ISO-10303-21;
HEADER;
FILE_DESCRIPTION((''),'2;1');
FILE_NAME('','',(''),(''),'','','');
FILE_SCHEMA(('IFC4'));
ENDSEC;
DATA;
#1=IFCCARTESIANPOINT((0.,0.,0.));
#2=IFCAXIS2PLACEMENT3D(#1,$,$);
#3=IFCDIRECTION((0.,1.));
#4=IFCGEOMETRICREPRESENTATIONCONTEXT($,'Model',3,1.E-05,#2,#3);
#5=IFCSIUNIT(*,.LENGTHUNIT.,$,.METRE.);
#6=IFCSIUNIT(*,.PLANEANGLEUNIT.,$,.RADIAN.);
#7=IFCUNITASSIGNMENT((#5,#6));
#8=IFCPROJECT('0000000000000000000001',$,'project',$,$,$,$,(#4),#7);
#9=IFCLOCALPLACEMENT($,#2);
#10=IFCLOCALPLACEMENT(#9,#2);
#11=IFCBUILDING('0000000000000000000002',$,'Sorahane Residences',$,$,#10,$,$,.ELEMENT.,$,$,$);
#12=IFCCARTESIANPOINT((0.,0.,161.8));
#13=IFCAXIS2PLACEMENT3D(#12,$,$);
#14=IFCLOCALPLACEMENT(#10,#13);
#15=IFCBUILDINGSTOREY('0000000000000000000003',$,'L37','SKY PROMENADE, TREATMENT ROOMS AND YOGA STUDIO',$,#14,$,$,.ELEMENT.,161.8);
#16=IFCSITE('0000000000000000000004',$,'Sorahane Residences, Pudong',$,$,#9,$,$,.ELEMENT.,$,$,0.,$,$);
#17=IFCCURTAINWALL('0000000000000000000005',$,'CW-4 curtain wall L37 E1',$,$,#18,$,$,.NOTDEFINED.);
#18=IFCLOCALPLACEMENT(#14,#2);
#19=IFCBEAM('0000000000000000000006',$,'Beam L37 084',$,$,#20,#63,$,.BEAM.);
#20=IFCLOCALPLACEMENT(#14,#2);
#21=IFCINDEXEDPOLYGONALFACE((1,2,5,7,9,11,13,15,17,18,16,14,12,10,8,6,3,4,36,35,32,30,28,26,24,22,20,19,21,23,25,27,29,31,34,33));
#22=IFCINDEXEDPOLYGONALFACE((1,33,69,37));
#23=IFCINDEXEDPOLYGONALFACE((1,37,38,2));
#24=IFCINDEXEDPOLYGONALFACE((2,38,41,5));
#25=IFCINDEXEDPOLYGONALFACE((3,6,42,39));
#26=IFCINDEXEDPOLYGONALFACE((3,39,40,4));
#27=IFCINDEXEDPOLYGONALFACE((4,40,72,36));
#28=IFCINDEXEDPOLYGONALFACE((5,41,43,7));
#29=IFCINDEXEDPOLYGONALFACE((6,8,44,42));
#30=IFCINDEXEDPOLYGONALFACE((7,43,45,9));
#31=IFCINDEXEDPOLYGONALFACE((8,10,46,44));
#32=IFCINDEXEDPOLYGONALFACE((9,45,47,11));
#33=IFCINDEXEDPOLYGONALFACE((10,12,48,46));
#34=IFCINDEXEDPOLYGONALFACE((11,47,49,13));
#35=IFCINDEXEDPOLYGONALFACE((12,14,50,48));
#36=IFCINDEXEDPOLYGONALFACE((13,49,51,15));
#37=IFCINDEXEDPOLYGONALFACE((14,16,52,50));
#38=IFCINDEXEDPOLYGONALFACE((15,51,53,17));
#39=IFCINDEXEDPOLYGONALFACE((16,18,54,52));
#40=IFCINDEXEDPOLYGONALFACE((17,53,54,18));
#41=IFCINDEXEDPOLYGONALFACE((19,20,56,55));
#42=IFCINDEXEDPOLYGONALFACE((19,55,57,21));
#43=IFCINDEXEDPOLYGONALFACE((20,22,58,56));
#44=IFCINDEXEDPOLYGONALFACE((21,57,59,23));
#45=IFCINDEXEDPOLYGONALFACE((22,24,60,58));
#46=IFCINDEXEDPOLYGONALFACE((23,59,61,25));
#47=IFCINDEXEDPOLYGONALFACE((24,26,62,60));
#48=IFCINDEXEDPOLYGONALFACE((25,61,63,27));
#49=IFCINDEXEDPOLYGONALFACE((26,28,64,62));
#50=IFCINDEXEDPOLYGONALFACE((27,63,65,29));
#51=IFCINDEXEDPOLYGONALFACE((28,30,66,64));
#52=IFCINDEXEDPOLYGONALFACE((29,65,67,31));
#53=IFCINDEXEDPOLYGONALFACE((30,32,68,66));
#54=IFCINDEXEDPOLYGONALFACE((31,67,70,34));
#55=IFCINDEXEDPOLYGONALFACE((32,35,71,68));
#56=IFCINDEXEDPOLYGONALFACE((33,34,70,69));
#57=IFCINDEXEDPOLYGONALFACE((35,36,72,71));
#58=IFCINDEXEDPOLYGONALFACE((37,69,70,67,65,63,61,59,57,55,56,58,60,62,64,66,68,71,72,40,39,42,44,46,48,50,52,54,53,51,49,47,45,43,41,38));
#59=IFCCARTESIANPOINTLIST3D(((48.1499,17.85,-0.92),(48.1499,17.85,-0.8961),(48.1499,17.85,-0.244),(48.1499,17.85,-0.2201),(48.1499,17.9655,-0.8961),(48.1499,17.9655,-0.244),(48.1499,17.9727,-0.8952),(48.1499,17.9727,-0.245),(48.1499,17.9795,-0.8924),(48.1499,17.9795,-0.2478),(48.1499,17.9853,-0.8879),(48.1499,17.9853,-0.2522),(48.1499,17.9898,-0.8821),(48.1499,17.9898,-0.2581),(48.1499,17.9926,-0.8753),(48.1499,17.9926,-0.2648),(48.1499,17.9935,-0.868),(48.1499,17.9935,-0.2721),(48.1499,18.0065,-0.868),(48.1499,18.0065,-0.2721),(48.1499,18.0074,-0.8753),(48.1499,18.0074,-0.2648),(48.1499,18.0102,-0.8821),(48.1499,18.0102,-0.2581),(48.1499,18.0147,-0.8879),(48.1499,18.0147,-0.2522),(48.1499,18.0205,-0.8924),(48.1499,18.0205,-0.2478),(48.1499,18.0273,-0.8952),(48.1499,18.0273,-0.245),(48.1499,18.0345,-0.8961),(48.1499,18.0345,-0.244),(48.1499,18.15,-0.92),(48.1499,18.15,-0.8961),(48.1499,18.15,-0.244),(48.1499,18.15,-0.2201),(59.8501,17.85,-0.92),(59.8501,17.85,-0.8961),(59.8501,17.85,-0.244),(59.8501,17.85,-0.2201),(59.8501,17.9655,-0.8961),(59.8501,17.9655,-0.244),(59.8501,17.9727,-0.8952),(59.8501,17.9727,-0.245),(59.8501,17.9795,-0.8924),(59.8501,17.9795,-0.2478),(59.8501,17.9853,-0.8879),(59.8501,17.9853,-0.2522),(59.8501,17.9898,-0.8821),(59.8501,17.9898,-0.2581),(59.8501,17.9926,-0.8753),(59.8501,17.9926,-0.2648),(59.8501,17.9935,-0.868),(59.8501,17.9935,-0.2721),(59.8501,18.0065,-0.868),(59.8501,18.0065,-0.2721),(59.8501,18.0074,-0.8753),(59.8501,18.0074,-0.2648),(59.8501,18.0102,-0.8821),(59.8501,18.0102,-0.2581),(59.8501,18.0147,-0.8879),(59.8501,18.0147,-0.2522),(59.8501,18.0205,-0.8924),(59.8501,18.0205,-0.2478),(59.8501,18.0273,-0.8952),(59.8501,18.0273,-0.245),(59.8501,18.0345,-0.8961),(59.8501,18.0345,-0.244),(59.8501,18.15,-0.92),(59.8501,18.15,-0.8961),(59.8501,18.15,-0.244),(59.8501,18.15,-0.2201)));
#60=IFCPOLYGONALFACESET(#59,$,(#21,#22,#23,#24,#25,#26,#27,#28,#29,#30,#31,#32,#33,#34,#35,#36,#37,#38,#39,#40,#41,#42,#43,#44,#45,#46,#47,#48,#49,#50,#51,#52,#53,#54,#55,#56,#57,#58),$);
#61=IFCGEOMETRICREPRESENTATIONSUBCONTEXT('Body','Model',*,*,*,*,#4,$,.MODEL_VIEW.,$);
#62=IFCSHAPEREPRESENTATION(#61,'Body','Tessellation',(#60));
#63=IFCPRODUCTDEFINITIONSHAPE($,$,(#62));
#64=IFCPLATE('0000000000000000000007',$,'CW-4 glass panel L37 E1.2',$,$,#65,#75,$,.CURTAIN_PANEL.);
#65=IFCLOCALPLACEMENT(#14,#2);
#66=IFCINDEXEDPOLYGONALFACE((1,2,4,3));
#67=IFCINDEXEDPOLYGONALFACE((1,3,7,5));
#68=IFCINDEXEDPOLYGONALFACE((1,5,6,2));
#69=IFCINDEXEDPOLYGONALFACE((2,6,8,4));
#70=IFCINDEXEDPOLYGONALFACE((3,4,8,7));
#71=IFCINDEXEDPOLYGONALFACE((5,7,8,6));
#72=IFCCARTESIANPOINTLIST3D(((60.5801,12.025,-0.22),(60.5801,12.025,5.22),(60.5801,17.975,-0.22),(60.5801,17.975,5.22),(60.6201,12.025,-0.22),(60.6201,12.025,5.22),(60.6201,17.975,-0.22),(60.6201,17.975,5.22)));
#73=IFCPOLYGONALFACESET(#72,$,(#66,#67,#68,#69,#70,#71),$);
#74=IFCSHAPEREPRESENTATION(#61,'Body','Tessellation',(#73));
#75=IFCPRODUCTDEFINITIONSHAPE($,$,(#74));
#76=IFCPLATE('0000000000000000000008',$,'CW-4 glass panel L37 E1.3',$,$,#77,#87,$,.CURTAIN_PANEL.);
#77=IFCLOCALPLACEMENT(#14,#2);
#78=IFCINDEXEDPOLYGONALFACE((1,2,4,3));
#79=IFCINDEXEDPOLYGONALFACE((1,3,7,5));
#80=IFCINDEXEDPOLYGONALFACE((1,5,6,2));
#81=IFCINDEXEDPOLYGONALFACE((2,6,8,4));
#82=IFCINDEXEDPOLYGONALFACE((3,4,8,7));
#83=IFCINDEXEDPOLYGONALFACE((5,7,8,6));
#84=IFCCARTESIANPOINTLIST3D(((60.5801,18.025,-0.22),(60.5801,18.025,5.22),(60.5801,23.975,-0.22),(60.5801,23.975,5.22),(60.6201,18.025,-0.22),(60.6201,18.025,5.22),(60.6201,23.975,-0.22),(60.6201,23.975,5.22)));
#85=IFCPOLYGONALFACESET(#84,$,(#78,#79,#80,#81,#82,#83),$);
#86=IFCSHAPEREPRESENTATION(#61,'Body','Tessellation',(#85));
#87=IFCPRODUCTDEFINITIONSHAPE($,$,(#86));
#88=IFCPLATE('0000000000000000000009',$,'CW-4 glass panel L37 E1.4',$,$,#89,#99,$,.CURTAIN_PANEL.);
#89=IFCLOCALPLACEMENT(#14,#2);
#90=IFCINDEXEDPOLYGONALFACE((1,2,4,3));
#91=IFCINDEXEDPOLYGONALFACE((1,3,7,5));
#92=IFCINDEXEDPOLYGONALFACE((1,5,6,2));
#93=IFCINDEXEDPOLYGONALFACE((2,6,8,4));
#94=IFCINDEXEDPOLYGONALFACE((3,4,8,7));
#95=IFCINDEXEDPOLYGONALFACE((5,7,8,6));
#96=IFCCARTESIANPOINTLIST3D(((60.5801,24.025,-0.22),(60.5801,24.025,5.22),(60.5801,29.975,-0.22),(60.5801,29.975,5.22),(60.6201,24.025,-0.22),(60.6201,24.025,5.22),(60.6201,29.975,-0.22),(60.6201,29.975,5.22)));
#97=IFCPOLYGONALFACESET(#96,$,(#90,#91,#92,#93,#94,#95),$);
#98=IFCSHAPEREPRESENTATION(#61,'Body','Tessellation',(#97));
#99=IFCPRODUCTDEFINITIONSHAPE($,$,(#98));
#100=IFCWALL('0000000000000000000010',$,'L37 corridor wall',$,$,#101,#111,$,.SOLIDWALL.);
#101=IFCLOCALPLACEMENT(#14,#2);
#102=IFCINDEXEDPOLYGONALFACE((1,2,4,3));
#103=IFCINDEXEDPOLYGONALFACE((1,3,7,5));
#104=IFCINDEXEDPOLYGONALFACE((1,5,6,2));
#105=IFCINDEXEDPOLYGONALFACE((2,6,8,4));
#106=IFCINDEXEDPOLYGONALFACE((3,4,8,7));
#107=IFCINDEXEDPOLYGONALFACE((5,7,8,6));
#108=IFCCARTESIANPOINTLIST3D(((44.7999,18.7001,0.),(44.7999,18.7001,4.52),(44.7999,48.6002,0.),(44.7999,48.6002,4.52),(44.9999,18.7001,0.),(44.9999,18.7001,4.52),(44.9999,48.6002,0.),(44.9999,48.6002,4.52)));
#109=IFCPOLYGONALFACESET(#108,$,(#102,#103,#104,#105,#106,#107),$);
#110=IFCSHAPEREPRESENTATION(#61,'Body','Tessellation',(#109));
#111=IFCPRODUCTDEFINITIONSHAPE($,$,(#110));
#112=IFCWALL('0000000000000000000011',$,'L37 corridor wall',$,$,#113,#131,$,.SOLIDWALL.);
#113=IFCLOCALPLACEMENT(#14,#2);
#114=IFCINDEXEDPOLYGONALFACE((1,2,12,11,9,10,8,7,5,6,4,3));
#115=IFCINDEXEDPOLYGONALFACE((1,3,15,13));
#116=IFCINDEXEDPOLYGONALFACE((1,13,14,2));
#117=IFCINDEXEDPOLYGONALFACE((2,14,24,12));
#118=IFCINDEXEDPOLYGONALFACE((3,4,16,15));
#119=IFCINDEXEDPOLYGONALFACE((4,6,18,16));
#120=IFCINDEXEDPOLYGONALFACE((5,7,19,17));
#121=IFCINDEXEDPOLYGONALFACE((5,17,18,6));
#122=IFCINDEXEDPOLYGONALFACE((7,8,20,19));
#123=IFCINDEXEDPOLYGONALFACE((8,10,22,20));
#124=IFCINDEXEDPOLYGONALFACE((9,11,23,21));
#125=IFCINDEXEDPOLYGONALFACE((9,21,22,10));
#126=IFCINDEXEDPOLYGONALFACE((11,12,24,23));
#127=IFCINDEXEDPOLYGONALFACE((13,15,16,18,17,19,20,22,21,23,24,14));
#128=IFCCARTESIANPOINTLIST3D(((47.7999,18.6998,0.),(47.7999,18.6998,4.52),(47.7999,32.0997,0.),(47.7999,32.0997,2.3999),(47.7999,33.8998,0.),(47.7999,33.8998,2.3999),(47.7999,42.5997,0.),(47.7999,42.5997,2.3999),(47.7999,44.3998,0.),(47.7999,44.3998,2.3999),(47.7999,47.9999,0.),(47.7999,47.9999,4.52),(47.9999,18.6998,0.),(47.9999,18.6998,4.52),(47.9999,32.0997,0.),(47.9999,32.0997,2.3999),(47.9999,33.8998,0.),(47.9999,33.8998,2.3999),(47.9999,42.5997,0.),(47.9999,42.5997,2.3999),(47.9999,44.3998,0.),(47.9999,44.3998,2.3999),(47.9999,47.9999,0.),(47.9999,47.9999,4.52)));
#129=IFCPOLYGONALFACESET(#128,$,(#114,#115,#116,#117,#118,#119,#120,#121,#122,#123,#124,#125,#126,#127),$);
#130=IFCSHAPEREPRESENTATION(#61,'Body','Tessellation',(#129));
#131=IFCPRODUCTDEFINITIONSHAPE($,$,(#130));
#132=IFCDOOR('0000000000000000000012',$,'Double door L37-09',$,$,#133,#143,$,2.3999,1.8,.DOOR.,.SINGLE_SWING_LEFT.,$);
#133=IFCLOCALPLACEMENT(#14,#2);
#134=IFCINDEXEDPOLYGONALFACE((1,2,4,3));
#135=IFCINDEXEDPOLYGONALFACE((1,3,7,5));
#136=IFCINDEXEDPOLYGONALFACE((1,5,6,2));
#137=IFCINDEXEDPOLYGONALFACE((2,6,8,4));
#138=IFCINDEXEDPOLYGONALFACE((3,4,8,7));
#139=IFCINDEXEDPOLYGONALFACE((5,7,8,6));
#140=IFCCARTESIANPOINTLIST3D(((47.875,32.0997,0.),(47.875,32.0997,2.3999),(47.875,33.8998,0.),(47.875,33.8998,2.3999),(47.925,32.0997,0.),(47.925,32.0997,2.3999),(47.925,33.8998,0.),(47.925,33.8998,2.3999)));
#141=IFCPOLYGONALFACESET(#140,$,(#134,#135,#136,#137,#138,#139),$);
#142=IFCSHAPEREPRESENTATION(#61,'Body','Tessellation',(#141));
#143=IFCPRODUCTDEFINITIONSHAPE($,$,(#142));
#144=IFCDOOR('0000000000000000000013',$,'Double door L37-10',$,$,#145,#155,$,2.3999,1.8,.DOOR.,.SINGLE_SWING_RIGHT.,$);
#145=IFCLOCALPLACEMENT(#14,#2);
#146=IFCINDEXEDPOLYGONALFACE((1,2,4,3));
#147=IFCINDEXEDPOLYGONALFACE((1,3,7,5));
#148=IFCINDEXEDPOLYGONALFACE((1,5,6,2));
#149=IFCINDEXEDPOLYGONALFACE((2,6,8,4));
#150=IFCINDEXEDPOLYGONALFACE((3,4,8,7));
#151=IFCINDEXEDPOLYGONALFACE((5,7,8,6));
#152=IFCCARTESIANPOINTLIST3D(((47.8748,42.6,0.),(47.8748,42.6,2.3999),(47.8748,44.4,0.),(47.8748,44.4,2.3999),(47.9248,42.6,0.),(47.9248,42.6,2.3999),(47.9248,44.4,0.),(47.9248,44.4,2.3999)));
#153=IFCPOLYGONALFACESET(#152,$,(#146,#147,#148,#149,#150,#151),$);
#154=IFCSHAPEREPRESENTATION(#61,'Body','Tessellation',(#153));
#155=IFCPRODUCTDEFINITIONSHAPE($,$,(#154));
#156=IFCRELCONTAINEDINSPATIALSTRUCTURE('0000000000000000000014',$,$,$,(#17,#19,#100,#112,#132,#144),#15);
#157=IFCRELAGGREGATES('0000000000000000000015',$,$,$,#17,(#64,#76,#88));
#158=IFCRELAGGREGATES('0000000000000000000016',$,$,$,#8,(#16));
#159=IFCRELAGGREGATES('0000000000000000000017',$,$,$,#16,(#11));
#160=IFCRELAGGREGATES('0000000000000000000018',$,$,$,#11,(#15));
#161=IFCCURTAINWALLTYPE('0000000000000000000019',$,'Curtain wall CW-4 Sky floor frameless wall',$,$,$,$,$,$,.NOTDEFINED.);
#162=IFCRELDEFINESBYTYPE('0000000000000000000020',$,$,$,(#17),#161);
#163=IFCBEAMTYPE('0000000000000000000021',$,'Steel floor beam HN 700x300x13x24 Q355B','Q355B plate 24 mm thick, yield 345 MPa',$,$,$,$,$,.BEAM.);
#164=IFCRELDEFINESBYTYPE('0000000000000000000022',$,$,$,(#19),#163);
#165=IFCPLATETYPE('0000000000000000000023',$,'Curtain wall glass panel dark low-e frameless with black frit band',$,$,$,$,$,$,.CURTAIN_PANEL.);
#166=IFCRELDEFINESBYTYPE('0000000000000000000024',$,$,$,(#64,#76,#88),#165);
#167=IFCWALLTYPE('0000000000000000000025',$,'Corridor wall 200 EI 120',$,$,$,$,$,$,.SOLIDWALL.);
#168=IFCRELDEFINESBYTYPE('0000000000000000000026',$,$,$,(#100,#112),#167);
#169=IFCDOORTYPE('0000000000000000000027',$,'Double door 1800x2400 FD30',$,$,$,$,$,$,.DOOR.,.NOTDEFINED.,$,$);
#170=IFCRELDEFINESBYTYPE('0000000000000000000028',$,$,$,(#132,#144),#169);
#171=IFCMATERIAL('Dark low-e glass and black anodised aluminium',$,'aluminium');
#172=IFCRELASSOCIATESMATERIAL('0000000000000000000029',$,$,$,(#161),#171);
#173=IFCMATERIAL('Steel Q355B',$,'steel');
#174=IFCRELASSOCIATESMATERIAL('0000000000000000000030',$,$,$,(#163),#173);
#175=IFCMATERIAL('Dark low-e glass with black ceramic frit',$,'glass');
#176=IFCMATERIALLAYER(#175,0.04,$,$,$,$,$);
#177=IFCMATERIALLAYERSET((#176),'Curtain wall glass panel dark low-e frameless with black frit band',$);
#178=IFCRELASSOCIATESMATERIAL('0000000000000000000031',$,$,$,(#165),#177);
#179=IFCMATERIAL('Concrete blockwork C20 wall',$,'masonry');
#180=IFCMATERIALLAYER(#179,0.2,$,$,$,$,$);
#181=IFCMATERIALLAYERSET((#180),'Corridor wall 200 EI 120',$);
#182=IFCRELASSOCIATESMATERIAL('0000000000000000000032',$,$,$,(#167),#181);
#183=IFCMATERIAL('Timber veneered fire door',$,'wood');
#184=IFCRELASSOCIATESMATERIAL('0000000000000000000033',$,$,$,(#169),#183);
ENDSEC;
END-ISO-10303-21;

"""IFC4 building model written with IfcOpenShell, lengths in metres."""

from ifc_helpers import new_model, si_unit, direction, frame, frame_2d, origin, origin_2d, place, context, subcontext, project, spatial, rectangle, i_section, extrude, material, layer, layer_set, material_profile, profile_set, type_object, element, fill, aggregate, save


model = new_model("IFC4")

# Units and contexts
model_context = context("Model", 3, precision=1e-05, world=origin(), true_north=direction((0.0, 1.0)))
body_context = subcontext(model_context, "Body", "Model", "MODEL_VIEW")
ifc_project = project(units=[si_unit("LENGTHUNIT", "METRE"), si_unit("PLANEANGLEUNIT", "RADIAN")], contexts=[model_context])

# Site, building, storey
site_placement = place(None, origin())
site = spatial("IfcSite", under=ifc_project, at=site_placement, Name="Sorahane Residences, Pudong", CompositionType="ELEMENT", RefElevation=0.0)
building_placement = place(site_placement, origin())
building = spatial("IfcBuilding", under=site, at=building_placement, Name="Sorahane Residences", CompositionType="ELEMENT")
storey_placement = place(building_placement, frame((0.0, 0.0, 161.8)))
storey = spatial("IfcBuildingStorey", under=building, at=storey_placement, Name="L37", Description="SKY PROMENADE, TREATMENT ROOMS AND YOGA STUDIO", CompositionType="ELEMENT", Elevation=161.8)

# Curtain wall
ifc_material_1 = material(Name="Dark low-e glass and black anodised aluminium", Category="aluminium")
curtain_wall_type = type_object("IfcCurtainWallType", Name="Curtain wall CW-4 Sky floor frameless wall", PredefinedType="NOTDEFINED", material=ifc_material_1)
curtain_wall_placement = place(storey_placement, origin())
curtain_wall = element("IfcCurtainWall", 1, at=curtain_wall_placement, inside=storey, type_object=curtain_wall_type, Name="CW-4 curtain wall L37 E1", PredefinedType="NOTDEFINED")

# Beam
ifc_material_2 = material(Name="Steel Q355B", Category="steel")
ifc_material_profile_1 = material_profile(ifc_material_2, i_section(OverallWidth=0.3, OverallDepth=0.7, WebThickness=0.0129, FlangeThickness=0.0239, FilletRadius=0.0281, at=origin_2d()), Name="HN 700x300x13x24")
ifc_profile_set_1 = profile_set([ifc_material_profile_1], Name="Steel Q355B")
beam_type_1 = type_object("IfcBeamType", Name="Steel floor beam HN 700x300x13x24 Q355B", Description="Q355B plate 24 mm thick, yield 345 MPa", PredefinedType="BEAM", material=ifc_profile_set_1)
beam_1_placement = place(storey_placement, frame((48.1499, 18.0, -0.5701), z_axis=(1.0, 0.0, 0.0), x_axis=(0.0, 1.0, 0.0)))
element("IfcBeam", 2, at=beam_1_placement, inside=storey, type_object=beam_type_1, Name="Beam L37 084", PredefinedType="BEAM", context=body_context, shape_type="SweptSolid", body=[
    extrude(i_section(OverallWidth=0.3, OverallDepth=0.7, WebThickness=0.0129, FlangeThickness=0.0239, FilletRadius=0.0281, at=origin_2d()), origin(), (0.0, 0.0, 1.0), 11.7002),
])

# Plates
ifc_material_3 = material(Name="Dark low-e glass with black ceramic frit", Category="glass")
ifc_layer_1 = layer(ifc_material_3, 0.04)
ifc_layer_set_1 = layer_set([ifc_layer_1], Name="Curtain wall glass panel dark low-e frameless with black frit band")
plate_type = type_object("IfcPlateType", Name="Curtain wall glass panel dark low-e frameless with black frit band", PredefinedType="CURTAIN_PANEL", material=ifc_layer_set_1)
plate_1_placement = place(storey_placement, frame((60.6001, 15.0, -0.22), z_axis=(0.0, 0.0, 1.0), x_axis=(0.0, 1.0, 0.0)))
plate_1 = element("IfcPlate", 3, at=plate_1_placement, type_object=plate_type, Name="CW-4 glass panel L37 E1.2", PredefinedType="CURTAIN_PANEL", context=body_context, shape_type="SweptSolid", body=[
    extrude(rectangle(XDim=5.95, YDim=0.04, at=origin_2d()), origin(), (0.0, 0.0, 1.0), 5.4399),
])
plate_2_placement = place(storey_placement, frame((60.6001, 21.0, -0.22), z_axis=(0.0, 0.0, 1.0), x_axis=(0.0, 1.0, 0.0)))
plate_2 = element("IfcPlate", 4, at=plate_2_placement, type_object=plate_type, Name="CW-4 glass panel L37 E1.3", PredefinedType="CURTAIN_PANEL", context=body_context, shape_type="SweptSolid", body=[
    extrude(rectangle(XDim=5.95, YDim=0.04, at=origin_2d()), origin(), (0.0, 0.0, 1.0), 5.4399),
])
plate_3_placement = place(storey_placement, frame((60.6001, 27.0, -0.22), z_axis=(0.0, 0.0, 1.0), x_axis=(0.0, 1.0, 0.0)))
plate_3 = element("IfcPlate", 5, at=plate_3_placement, type_object=plate_type, Name="CW-4 glass panel L37 E1.4", PredefinedType="CURTAIN_PANEL", context=body_context, shape_type="SweptSolid", body=[
    extrude(rectangle(XDim=5.95, YDim=0.04, at=origin_2d()), origin(), (0.0, 0.0, 1.0), 5.4399),
])
aggregate(curtain_wall, [plate_1, plate_2, plate_3])

# Wall
ifc_material_4 = material(Name="Concrete blockwork C20 wall", Category="masonry")
ifc_layer_2 = layer(ifc_material_4, 0.2)
ifc_layer_set_2 = layer_set([ifc_layer_2], Name="Corridor wall 200 EI 120")
wall_type = type_object("IfcWallType", Name="Corridor wall 200 EI 120", PredefinedType="SOLIDWALL", material=ifc_layer_set_2)
wall_1_placement = place(storey_placement, frame((44.8999, 18.7, 0.0), z_axis=(0.0, 0.0, 1.0), x_axis=(0.0, 1.0, 0.0)))
element("IfcWall", 6, at=wall_1_placement, inside=storey, type_object=wall_type, Name="L37 corridor wall", PredefinedType="SOLIDWALL", context=body_context, shape_type="SweptSolid", body=[
    extrude(rectangle(XDim=29.9001, YDim=0.2, at=frame_2d((14.9502, 0.0))), origin(), (0.0, 0.0, 1.0), 4.52),
])

# Wall, openings, doors
wall_2_placement = place(storey_placement, frame((47.8999, 18.7, 0.0), z_axis=(0.0, 0.0, 1.0), x_axis=(0.0, 1.0, 0.0)))
wall_2 = element("IfcWall", 7, at=wall_2_placement, inside=storey, type_object=wall_type, Name="L37 corridor wall", PredefinedType="SOLIDWALL", context=body_context, shape_type="SweptSolid", body=[
    extrude(rectangle(XDim=29.3, YDim=0.2, at=frame_2d((14.6499, 0.0))), origin(), (0.0, 0.0, 1.0), 4.52),
])
opening_1_placement = place(wall_2_placement, frame((13.3999, 0.0, 0.0)))
opening_1 = element("IfcOpeningElement", 8, at=opening_1_placement, cuts=wall_2, PredefinedType="OPENING", context=body_context, shape_type="SweptSolid", body=[
    extrude(rectangle(XDim=1.8, YDim=2.3999, at=frame_2d((0.8999, 1.2))), frame((0.0, 0.1099, 0.0), z_axis=(0.0, -1.0, 0.0), x_axis=(1.0, 0.0, 0.0)), (0.0, 0.0, 1.0), 0.22),
])
opening_2_placement = place(wall_2_placement, frame((23.8999, 0.0, 0.0)))
opening_2 = element("IfcOpeningElement", 9, at=opening_2_placement, cuts=wall_2, PredefinedType="OPENING", context=body_context, shape_type="SweptSolid", body=[
    extrude(rectangle(XDim=1.8, YDim=2.3999, at=frame_2d((0.8999, 1.2))), frame((0.0, 0.1099, 0.0), z_axis=(0.0, -1.0, 0.0), x_axis=(1.0, 0.0, 0.0)), (0.0, 0.0, 1.0), 0.22),
])
ifc_material_5 = material(Name="Timber veneered fire door", Category="wood")
door_type = type_object("IfcDoorType", Name="Double door 1800x2400 FD30", OperationType="NOTDEFINED", PredefinedType="DOOR", material=ifc_material_5)
door_1_placement = place(opening_1_placement, origin())
door_1 = element("IfcDoor", 10, at=door_1_placement, inside=storey, type_object=door_type, Name="Double door L37-09", OperationType="SINGLE_SWING_LEFT", OverallHeight=2.3999, OverallWidth=1.8, PredefinedType="DOOR", context=body_context, shape_type="SweptSolid", body=[
    extrude(rectangle(XDim=1.8, YDim=2.3999, at=frame_2d((0.8999, 1.2))), frame((0.0, 0.0249, 0.0), z_axis=(0.0, -1.0, 0.0), x_axis=(1.0, 0.0, 0.0)), (0.0, 0.0, 1.0), 0.05),
])
fill(opening_1, door_1)
door_2_placement = place(opening_2_placement, frame((1.8, 0.0, 0.0), z_axis=(0.0, 0.0, 1.0), x_axis=(-1.0, 0.0, 0.0)))
door_2 = element("IfcDoor", 11, at=door_2_placement, inside=storey, type_object=door_type, Name="Double door L37-10", OperationType="SINGLE_SWING_RIGHT", OverallHeight=2.3999, OverallWidth=1.8, PredefinedType="DOOR", context=body_context, shape_type="SweptSolid", body=[
    extrude(rectangle(XDim=1.8, YDim=2.3999, at=frame_2d((0.8999, 1.2))), frame((0.0, 0.0249, 0.0), z_axis=(0.0, -1.0, 0.0), x_axis=(1.0, 0.0, 0.0)), (0.0, 0.0, 1.0), 0.05),
])
fill(opening_2, door_2)

save(model, "model.ifc")
